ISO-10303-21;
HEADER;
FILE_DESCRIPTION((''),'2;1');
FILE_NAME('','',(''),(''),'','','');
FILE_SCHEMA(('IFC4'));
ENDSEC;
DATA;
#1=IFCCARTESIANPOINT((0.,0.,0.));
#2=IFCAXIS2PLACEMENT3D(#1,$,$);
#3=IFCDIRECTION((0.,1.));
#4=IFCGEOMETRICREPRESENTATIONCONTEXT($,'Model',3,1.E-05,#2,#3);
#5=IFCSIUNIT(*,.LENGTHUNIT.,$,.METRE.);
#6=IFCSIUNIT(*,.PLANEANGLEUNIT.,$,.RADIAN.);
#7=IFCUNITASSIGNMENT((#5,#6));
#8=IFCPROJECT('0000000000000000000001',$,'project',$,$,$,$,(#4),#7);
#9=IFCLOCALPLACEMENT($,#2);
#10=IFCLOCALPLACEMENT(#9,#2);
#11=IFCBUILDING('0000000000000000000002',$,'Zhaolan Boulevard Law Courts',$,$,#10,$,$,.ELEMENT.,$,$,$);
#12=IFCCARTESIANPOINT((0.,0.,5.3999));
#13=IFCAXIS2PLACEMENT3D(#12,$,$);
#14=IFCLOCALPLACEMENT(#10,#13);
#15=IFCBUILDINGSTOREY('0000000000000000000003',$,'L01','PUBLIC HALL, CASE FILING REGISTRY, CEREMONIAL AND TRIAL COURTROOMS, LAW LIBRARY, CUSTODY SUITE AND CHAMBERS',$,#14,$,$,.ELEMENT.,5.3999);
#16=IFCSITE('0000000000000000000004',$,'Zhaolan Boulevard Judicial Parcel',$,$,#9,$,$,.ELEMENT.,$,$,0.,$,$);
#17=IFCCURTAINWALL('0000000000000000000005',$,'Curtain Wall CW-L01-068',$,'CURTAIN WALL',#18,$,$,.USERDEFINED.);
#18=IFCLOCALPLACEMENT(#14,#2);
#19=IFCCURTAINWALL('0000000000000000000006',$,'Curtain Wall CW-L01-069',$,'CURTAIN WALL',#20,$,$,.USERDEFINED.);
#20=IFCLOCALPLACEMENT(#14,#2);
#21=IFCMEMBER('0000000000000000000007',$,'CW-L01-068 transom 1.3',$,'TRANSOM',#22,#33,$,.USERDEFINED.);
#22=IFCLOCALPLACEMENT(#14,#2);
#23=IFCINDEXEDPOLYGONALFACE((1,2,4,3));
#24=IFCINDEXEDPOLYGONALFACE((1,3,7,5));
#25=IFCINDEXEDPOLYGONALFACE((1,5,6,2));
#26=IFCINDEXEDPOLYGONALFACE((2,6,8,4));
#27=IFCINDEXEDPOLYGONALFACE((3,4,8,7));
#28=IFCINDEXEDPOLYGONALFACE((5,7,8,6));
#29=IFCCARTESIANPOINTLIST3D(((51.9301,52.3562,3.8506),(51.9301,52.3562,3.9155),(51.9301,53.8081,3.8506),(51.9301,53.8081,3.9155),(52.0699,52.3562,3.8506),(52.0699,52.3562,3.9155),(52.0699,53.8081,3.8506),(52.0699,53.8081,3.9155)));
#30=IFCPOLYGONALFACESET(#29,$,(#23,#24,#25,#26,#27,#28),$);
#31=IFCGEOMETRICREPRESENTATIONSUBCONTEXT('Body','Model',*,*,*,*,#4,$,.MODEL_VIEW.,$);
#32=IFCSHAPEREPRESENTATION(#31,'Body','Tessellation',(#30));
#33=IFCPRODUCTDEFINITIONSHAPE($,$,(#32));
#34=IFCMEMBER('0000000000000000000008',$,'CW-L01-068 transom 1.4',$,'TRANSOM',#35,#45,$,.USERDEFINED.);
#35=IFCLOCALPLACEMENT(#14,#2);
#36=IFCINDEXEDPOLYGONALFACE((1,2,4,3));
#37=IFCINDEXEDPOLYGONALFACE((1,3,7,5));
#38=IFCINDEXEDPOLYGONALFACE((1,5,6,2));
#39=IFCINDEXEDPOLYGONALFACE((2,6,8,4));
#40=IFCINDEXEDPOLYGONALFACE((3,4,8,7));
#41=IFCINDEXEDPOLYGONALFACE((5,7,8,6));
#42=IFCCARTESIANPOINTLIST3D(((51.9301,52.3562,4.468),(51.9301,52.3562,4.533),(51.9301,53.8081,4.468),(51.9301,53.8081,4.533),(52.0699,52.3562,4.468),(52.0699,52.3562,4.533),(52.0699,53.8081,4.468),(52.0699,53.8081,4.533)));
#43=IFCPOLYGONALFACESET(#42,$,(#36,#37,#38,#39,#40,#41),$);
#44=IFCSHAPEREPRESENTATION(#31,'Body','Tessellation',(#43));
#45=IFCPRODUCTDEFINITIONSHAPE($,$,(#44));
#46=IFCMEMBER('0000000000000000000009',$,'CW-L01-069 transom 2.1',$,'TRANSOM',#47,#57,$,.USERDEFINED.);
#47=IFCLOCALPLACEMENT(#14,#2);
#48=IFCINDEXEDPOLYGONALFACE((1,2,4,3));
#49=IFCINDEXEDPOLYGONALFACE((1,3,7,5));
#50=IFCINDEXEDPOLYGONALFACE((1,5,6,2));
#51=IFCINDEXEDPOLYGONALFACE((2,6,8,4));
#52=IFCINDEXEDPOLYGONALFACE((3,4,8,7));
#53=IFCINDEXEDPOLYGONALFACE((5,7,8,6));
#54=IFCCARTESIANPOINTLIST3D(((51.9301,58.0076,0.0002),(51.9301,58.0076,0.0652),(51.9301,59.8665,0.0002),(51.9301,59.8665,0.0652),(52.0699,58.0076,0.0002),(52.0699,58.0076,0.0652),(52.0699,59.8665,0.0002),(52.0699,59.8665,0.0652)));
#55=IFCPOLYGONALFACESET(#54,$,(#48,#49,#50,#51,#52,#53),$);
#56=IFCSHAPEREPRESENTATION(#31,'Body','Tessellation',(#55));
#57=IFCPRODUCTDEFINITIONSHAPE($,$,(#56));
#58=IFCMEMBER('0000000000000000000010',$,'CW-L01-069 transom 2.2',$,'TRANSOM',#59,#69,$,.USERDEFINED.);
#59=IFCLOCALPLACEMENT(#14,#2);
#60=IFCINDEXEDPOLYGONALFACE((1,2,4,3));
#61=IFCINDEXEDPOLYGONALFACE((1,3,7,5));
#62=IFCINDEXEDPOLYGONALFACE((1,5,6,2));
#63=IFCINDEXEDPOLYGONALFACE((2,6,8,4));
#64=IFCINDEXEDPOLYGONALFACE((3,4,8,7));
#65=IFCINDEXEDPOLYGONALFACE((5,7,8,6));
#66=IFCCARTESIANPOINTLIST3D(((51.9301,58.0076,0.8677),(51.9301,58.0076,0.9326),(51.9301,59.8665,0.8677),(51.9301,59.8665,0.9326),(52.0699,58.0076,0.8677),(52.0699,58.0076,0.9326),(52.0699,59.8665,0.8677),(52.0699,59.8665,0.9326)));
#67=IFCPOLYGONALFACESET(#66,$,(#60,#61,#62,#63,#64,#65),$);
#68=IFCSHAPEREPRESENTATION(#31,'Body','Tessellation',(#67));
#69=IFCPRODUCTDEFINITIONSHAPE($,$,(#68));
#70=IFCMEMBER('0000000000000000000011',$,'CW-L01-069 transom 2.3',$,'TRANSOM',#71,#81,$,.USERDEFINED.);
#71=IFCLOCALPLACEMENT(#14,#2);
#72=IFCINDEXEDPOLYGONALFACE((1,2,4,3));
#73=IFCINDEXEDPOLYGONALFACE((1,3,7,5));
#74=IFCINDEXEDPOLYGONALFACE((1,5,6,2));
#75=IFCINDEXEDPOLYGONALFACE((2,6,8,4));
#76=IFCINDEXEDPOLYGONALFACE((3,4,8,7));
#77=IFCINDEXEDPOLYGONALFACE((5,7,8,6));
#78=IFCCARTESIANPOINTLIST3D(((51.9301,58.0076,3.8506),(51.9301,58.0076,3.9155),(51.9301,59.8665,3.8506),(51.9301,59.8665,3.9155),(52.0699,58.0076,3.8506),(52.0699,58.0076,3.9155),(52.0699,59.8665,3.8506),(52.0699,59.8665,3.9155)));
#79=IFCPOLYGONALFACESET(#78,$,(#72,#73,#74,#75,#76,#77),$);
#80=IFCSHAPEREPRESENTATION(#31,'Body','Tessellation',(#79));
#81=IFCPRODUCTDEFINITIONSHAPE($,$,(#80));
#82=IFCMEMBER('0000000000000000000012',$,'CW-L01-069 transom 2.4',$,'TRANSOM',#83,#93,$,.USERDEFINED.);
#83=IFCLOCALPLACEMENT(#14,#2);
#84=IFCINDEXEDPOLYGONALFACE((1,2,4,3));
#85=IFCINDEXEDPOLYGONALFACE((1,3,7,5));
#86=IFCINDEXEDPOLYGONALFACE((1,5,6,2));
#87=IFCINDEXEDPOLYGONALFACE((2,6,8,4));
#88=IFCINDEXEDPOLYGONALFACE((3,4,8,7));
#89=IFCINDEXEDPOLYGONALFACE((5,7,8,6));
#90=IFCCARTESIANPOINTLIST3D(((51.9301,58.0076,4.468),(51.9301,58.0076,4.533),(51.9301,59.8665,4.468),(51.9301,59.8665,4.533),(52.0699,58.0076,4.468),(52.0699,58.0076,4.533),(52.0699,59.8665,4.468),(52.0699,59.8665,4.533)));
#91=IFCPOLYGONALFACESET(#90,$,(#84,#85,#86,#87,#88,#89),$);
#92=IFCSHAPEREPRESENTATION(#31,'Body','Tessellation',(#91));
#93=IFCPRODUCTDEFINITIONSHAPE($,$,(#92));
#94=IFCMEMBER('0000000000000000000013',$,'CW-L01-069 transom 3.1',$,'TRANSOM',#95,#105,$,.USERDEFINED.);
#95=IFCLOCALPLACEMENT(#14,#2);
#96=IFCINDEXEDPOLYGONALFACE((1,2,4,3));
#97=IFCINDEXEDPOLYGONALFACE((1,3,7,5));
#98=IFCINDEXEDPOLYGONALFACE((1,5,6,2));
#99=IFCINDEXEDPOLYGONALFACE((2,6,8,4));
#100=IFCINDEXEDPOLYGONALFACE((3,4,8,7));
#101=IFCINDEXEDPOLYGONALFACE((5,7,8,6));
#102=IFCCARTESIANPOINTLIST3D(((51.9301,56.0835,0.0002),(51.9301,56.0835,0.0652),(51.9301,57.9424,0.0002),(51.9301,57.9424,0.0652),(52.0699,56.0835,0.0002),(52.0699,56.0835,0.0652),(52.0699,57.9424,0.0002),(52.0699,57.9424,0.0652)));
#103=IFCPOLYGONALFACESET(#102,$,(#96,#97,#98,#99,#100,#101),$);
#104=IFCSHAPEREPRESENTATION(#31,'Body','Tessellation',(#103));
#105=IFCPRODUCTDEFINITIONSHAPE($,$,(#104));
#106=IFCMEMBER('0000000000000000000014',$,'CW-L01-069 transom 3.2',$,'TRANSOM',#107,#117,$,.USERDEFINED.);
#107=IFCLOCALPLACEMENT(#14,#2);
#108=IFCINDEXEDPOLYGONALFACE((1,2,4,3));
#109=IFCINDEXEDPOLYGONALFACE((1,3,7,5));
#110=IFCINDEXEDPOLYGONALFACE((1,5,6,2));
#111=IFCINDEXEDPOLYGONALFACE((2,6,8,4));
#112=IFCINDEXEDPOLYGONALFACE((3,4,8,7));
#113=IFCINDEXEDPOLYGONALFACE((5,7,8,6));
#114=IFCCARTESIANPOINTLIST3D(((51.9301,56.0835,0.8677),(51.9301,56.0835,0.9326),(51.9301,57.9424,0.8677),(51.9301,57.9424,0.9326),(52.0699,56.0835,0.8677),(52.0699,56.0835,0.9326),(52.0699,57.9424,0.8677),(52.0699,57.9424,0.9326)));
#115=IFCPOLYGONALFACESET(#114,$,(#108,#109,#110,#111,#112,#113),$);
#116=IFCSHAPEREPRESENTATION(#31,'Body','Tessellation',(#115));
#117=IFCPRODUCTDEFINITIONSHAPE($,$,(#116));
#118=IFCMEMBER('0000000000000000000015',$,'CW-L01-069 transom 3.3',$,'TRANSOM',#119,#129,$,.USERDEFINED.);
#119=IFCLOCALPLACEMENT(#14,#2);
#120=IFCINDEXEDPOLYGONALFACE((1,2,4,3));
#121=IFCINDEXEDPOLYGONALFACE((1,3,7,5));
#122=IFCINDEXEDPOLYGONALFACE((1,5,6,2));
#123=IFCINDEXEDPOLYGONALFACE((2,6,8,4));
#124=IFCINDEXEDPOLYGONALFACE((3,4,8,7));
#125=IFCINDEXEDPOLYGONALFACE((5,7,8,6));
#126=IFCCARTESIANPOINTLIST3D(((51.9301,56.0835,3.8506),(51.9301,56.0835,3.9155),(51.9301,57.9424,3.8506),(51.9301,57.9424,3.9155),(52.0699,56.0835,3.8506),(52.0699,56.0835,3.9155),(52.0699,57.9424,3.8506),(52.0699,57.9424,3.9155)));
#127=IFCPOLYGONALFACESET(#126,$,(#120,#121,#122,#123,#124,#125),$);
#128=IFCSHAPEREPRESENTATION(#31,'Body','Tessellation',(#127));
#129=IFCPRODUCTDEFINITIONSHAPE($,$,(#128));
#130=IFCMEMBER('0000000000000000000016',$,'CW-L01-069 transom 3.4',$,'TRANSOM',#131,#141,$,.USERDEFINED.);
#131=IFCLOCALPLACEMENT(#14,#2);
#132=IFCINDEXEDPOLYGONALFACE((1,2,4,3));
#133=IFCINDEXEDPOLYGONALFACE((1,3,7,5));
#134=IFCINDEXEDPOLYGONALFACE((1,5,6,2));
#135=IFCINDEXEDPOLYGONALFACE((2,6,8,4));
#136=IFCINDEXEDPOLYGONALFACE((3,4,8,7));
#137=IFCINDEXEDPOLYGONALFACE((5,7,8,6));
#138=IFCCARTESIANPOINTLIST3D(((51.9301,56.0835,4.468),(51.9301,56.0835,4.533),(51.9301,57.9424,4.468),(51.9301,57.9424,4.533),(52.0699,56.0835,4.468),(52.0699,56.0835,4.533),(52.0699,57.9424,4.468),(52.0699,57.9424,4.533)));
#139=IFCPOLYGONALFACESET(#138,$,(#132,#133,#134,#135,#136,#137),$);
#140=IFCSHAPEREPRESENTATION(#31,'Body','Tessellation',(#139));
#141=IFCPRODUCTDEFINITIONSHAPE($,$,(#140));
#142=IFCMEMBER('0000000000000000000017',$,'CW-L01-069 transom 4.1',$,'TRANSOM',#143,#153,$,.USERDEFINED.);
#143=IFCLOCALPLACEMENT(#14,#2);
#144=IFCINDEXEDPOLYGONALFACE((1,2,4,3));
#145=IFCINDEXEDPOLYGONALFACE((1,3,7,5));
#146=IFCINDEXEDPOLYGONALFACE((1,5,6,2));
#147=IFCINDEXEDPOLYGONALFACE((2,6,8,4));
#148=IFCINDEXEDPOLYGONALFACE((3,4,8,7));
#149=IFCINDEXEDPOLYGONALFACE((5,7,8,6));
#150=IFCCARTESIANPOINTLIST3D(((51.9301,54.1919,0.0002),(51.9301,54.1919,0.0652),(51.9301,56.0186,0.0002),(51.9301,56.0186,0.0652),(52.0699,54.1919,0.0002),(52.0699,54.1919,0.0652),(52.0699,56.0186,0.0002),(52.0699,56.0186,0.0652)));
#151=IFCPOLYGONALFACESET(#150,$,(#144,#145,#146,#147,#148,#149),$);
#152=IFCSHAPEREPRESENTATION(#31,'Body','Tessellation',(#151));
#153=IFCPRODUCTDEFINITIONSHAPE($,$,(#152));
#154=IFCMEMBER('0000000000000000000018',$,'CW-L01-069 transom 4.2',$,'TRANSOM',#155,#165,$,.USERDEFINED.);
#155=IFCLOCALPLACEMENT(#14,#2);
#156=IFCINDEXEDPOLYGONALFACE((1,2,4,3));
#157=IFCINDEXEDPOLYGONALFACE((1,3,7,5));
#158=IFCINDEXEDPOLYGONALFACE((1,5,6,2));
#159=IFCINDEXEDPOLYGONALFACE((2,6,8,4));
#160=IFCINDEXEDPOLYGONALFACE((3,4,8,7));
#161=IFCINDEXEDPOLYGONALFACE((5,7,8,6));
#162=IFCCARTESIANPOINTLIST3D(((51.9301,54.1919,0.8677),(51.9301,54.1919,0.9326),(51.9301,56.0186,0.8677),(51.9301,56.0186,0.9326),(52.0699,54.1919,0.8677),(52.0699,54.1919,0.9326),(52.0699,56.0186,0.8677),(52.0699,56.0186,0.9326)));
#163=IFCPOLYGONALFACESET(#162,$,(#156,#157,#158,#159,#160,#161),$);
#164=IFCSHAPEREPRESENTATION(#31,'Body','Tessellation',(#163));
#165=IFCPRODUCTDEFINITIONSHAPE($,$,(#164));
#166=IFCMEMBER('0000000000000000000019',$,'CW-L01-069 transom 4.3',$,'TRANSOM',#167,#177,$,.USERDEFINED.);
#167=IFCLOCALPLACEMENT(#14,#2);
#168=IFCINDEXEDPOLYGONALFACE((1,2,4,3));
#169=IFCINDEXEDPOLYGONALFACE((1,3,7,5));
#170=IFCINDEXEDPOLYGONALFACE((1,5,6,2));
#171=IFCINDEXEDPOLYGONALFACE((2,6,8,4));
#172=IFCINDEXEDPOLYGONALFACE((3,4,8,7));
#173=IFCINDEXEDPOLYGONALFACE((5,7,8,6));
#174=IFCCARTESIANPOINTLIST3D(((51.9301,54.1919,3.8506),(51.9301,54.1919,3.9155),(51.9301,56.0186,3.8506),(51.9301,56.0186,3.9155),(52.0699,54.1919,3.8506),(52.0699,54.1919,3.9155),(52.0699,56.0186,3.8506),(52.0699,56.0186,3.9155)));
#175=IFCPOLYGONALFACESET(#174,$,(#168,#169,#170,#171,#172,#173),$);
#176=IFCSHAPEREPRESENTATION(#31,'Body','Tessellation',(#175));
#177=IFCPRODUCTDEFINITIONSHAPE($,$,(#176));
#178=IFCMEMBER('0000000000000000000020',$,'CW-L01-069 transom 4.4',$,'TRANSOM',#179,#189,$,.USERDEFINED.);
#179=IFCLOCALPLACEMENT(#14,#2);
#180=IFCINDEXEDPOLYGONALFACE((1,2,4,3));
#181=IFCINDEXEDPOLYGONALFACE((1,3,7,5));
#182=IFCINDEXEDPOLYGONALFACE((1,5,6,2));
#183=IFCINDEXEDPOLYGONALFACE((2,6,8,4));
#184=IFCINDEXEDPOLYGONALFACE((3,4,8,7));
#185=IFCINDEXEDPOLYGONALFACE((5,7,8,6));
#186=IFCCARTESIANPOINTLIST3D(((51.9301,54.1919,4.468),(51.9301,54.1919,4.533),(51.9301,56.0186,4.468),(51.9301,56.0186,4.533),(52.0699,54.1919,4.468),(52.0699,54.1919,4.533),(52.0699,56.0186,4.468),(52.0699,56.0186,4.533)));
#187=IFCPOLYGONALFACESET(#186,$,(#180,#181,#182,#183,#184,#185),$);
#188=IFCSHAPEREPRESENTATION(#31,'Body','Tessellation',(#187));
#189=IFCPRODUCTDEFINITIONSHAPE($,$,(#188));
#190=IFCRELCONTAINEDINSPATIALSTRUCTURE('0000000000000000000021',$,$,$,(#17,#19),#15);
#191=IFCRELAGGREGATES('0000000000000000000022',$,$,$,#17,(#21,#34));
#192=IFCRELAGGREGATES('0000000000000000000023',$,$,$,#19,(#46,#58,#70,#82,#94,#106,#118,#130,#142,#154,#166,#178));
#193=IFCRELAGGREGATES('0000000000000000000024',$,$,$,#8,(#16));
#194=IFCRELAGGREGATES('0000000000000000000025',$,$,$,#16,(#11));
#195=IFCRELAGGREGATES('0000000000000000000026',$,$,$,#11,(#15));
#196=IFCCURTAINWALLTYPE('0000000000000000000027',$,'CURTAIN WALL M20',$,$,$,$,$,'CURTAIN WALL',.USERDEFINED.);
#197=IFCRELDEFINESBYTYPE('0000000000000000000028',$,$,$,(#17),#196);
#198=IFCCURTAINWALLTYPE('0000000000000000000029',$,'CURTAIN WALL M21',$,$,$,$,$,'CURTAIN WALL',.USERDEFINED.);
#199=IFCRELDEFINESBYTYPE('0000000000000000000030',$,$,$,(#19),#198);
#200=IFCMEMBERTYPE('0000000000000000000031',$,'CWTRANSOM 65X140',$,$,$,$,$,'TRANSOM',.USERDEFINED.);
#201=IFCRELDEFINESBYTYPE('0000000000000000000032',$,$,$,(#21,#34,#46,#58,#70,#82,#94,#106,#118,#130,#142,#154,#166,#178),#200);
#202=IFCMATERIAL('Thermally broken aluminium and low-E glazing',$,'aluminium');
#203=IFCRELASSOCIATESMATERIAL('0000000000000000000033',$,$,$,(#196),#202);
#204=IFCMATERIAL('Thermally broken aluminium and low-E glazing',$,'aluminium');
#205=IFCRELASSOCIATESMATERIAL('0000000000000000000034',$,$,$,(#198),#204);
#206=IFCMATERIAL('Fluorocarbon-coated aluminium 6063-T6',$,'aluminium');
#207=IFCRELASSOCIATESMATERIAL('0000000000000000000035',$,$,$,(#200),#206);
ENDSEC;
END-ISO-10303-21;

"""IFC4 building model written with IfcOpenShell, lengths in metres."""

from ifc_helpers import new_model, si_unit, direction, frame, origin, origin_2d, place, context, subcontext, project, spatial, rectangle, extrude, material, material_profile, profile_set, type_object, element, aggregate, save


model = new_model("IFC4")

# Units and contexts
model_context = context("Model", 3, precision=1e-05, world=origin(), true_north=direction((0.0, 1.0)))
body_context = subcontext(model_context, "Body", "Model", "MODEL_VIEW")
ifc_project = project(units=[si_unit("LENGTHUNIT", "METRE"), si_unit("PLANEANGLEUNIT", "RADIAN")], contexts=[model_context])

# Site, building, storey
site_placement = place(None, origin())
site = spatial("IfcSite", under=ifc_project, at=site_placement, Name="Zhaolan Boulevard Judicial Parcel", CompositionType="ELEMENT", RefElevation=0.0)
building_placement = place(site_placement, origin())
building = spatial("IfcBuilding", under=site, at=building_placement, Name="Zhaolan Boulevard Law Courts", CompositionType="ELEMENT")
storey_placement = place(building_placement, frame((0.0, 0.0, 5.3999)))
storey = spatial("IfcBuildingStorey", under=building, at=storey_placement, Name="L01", Description="PUBLIC HALL, CASE FILING REGISTRY, CEREMONIAL AND TRIAL COURTROOMS, LAW LIBRARY, CUSTODY SUITE AND CHAMBERS", CompositionType="ELEMENT", Elevation=5.3999)

# Curtain wall
ifc_material_1 = material(Name="Thermally broken aluminium and low-E glazing", Category="aluminium")
curtain_wall_type_1 = type_object("IfcCurtainWallType", Name="CURTAIN WALL M20", ElementType="CURTAIN WALL", PredefinedType="USERDEFINED", material=ifc_material_1)
curtain_wall_1_placement = place(storey_placement, origin())
curtain_wall_1 = element("IfcCurtainWall", 1, at=curtain_wall_1_placement, inside=storey, type_object=curtain_wall_type_1, Name="Curtain Wall CW-L01-068", ObjectType="CURTAIN WALL", PredefinedType="USERDEFINED")

# Curtain wall
ifc_material_2 = material(Name="Thermally broken aluminium and low-E glazing", Category="aluminium")
curtain_wall_type_2 = type_object("IfcCurtainWallType", Name="CURTAIN WALL M21", ElementType="CURTAIN WALL", PredefinedType="USERDEFINED", material=ifc_material_2)
curtain_wall_2_placement = place(storey_placement, origin())
curtain_wall_2 = element("IfcCurtainWall", 2, at=curtain_wall_2_placement, inside=storey, type_object=curtain_wall_type_2, Name="Curtain Wall CW-L01-069", ObjectType="CURTAIN WALL", PredefinedType="USERDEFINED")

# Members
ifc_material_3 = material(Name="Fluorocarbon-coated aluminium 6063-T6", Category="aluminium")
ifc_material_profile_1 = material_profile(ifc_material_3, rectangle(XDim=0.1399, YDim=0.0649, at=origin_2d()), Name="AL65x140")
ifc_profile_set_1 = profile_set([ifc_material_profile_1], Name="Fluorocarbon-coated aluminium 6063-T6")
member_type_1 = type_object("IfcMemberType", Name="CWTRANSOM 65X140", ElementType="TRANSOM", PredefinedType="USERDEFINED", material=ifc_profile_set_1)
member_1_placement = place(storey_placement, frame((52.0, 53.8081, 3.8831), z_axis=(0.0, -1.0, 0.0), x_axis=(1.0, 0.0, 0.0)))
member_1 = element("IfcMember", 3, at=member_1_placement, type_object=member_type_1, Name="CW-L01-068 transom 1.3", ObjectType="TRANSOM", PredefinedType="USERDEFINED", context=body_context, shape_type="SweptSolid", body=[
    extrude(rectangle(XDim=0.1399, YDim=0.0649, at=origin_2d()), origin(), (0.0, 0.0, 1.0), 1.4519),
])
member_2_placement = place(storey_placement, frame((52.0, 53.8081, 4.5005), z_axis=(0.0, -1.0, 0.0), x_axis=(1.0, 0.0, 0.0)))
member_2 = element("IfcMember", 4, at=member_2_placement, type_object=member_type_1, Name="CW-L01-068 transom 1.4", ObjectType="TRANSOM", PredefinedType="USERDEFINED", context=body_context, shape_type="SweptSolid", body=[
    extrude(rectangle(XDim=0.1399, YDim=0.0649, at=origin_2d()), origin(), (0.0, 0.0, 1.0), 1.4519),
])
member_3_placement = place(storey_placement, frame((52.0, 59.8665, 0.0327), z_axis=(0.0, -1.0, 0.0), x_axis=(1.0, 0.0, 0.0)))
member_3 = element("IfcMember", 5, at=member_3_placement, type_object=member_type_1, Name="CW-L01-069 transom 2.1", ObjectType="TRANSOM", PredefinedType="USERDEFINED", context=body_context, shape_type="SweptSolid", body=[
    extrude(rectangle(XDim=0.1399, YDim=0.0649, at=origin_2d()), origin(), (0.0, 0.0, 1.0), 1.8589),
])
member_4_placement = place(storey_placement, frame((52.0, 59.8665, 0.9001), z_axis=(0.0, -1.0, 0.0), x_axis=(1.0, 0.0, 0.0)))
member_4 = element("IfcMember", 6, at=member_4_placement, type_object=member_type_1, Name="CW-L01-069 transom 2.2", ObjectType="TRANSOM", PredefinedType="USERDEFINED", context=body_context, shape_type="SweptSolid", body=[
    extrude(rectangle(XDim=0.1399, YDim=0.0649, at=origin_2d()), origin(), (0.0, 0.0, 1.0), 1.8589),
])
member_5_placement = place(storey_placement, frame((52.0, 59.8665, 3.8831), z_axis=(0.0, -1.0, 0.0), x_axis=(1.0, 0.0, 0.0)))
member_5 = element("IfcMember", 7, at=member_5_placement, type_object=member_type_1, Name="CW-L01-069 transom 2.3", ObjectType="TRANSOM", PredefinedType="USERDEFINED", context=body_context, shape_type="SweptSolid", body=[
    extrude(rectangle(XDim=0.1399, YDim=0.0649, at=origin_2d()), origin(), (0.0, 0.0, 1.0), 1.8589),
])
member_6_placement = place(storey_placement, frame((52.0, 59.8665, 4.5005), z_axis=(0.0, -1.0, 0.0), x_axis=(1.0, 0.0, 0.0)))
member_6 = element("IfcMember", 8, at=member_6_placement, type_object=member_type_1, Name="CW-L01-069 transom 2.4", ObjectType="TRANSOM", PredefinedType="USERDEFINED", context=body_context, shape_type="SweptSolid", body=[
    extrude(rectangle(XDim=0.1399, YDim=0.0649, at=origin_2d()), origin(), (0.0, 0.0, 1.0), 1.8589),
])
member_7_placement = place(storey_placement, frame((52.0, 57.9424, 0.0327), z_axis=(0.0, -1.0, 0.0), x_axis=(1.0, 0.0, 0.0)))
member_7 = element("IfcMember", 9, at=member_7_placement, type_object=member_type_1, Name="CW-L01-069 transom 3.1", ObjectType="TRANSOM", PredefinedType="USERDEFINED", context=body_context, shape_type="SweptSolid", body=[
    extrude(rectangle(XDim=0.1399, YDim=0.0649, at=origin_2d()), origin(), (0.0, 0.0, 1.0), 1.8589),
])
member_8_placement = place(storey_placement, frame((52.0, 57.9424, 0.9001), z_axis=(0.0, -1.0, 0.0), x_axis=(1.0, 0.0, 0.0)))
member_8 = element("IfcMember", 10, at=member_8_placement, type_object=member_type_1, Name="CW-L01-069 transom 3.2", ObjectType="TRANSOM", PredefinedType="USERDEFINED", context=body_context, shape_type="SweptSolid", body=[
    extrude(rectangle(XDim=0.1399, YDim=0.0649, at=origin_2d()), origin(), (0.0, 0.0, 1.0), 1.8589),
])
member_9_placement = place(storey_placement, frame((52.0, 57.9424, 3.8831), z_axis=(0.0, -1.0, 0.0), x_axis=(1.0, 0.0, 0.0)))
member_9 = element("IfcMember", 11, at=member_9_placement, type_object=member_type_1, Name="CW-L01-069 transom 3.3", ObjectType="TRANSOM", PredefinedType="USERDEFINED", context=body_context, shape_type="SweptSolid", body=[
    extrude(rectangle(XDim=0.1399, YDim=0.0649, at=origin_2d()), origin(), (0.0, 0.0, 1.0), 1.8589),
])
member_10_placement = place(storey_placement, frame((52.0, 57.9424, 4.5005), z_axis=(0.0, -1.0, 0.0), x_axis=(1.0, 0.0, 0.0)))
member_10 = element("IfcMember", 12, at=member_10_placement, type_object=member_type_1, Name="CW-L01-069 transom 3.4", ObjectType="TRANSOM", PredefinedType="USERDEFINED", context=body_context, shape_type="SweptSolid", body=[
    extrude(rectangle(XDim=0.1399, YDim=0.0649, at=origin_2d()), origin(), (0.0, 0.0, 1.0), 1.8589),
])
member_11_placement = place(storey_placement, frame((52.0, 56.0186, 0.0327), z_axis=(0.0, -1.0, 0.0), x_axis=(1.0, 0.0, 0.0)))
member_11 = element("IfcMember", 13, at=member_11_placement, type_object=member_type_1, Name="CW-L01-069 transom 4.1", ObjectType="TRANSOM", PredefinedType="USERDEFINED", context=body_context, shape_type="SweptSolid", body=[
    extrude(rectangle(XDim=0.1399, YDim=0.0649, at=origin_2d()), origin(), (0.0, 0.0, 1.0), 1.8267),
])
member_12_placement = place(storey_placement, frame((52.0, 56.0186, 0.9001), z_axis=(0.0, -1.0, 0.0), x_axis=(1.0, 0.0, 0.0)))
member_12 = element("IfcMember", 14, at=member_12_placement, type_object=member_type_1, Name="CW-L01-069 transom 4.2", ObjectType="TRANSOM", PredefinedType="USERDEFINED", context=body_context, shape_type="SweptSolid", body=[
    extrude(rectangle(XDim=0.1399, YDim=0.0649, at=origin_2d()), origin(), (0.0, 0.0, 1.0), 1.8267),
])
member_13_placement = place(storey_placement, frame((52.0, 56.0186, 3.8831), z_axis=(0.0, -1.0, 0.0), x_axis=(1.0, 0.0, 0.0)))
member_13 = element("IfcMember", 15, at=member_13_placement, type_object=member_type_1, Name="CW-L01-069 transom 4.3", ObjectType="TRANSOM", PredefinedType="USERDEFINED", context=body_context, shape_type="SweptSolid", body=[
    extrude(rectangle(XDim=0.1399, YDim=0.0649, at=origin_2d()), origin(), (0.0, 0.0, 1.0), 1.8267),
])
member_14_placement = place(storey_placement, frame((52.0, 56.0186, 4.5005), z_axis=(0.0, -1.0, 0.0), x_axis=(1.0, 0.0, 0.0)))
member_14 = element("IfcMember", 16, at=member_14_placement, type_object=member_type_1, Name="CW-L01-069 transom 4.4", ObjectType="TRANSOM", PredefinedType="USERDEFINED", context=body_context, shape_type="SweptSolid", body=[
    extrude(rectangle(XDim=0.1399, YDim=0.0649, at=origin_2d()), origin(), (0.0, 0.0, 1.0), 1.8267),
])

aggregate(curtain_wall_1, [member_1, member_2])
aggregate(curtain_wall_2, [member_3, member_4, member_5, member_6, member_7, member_8, member_9, member_10, member_11, member_12, member_13, member_14])

save(model, "model.ifc")
